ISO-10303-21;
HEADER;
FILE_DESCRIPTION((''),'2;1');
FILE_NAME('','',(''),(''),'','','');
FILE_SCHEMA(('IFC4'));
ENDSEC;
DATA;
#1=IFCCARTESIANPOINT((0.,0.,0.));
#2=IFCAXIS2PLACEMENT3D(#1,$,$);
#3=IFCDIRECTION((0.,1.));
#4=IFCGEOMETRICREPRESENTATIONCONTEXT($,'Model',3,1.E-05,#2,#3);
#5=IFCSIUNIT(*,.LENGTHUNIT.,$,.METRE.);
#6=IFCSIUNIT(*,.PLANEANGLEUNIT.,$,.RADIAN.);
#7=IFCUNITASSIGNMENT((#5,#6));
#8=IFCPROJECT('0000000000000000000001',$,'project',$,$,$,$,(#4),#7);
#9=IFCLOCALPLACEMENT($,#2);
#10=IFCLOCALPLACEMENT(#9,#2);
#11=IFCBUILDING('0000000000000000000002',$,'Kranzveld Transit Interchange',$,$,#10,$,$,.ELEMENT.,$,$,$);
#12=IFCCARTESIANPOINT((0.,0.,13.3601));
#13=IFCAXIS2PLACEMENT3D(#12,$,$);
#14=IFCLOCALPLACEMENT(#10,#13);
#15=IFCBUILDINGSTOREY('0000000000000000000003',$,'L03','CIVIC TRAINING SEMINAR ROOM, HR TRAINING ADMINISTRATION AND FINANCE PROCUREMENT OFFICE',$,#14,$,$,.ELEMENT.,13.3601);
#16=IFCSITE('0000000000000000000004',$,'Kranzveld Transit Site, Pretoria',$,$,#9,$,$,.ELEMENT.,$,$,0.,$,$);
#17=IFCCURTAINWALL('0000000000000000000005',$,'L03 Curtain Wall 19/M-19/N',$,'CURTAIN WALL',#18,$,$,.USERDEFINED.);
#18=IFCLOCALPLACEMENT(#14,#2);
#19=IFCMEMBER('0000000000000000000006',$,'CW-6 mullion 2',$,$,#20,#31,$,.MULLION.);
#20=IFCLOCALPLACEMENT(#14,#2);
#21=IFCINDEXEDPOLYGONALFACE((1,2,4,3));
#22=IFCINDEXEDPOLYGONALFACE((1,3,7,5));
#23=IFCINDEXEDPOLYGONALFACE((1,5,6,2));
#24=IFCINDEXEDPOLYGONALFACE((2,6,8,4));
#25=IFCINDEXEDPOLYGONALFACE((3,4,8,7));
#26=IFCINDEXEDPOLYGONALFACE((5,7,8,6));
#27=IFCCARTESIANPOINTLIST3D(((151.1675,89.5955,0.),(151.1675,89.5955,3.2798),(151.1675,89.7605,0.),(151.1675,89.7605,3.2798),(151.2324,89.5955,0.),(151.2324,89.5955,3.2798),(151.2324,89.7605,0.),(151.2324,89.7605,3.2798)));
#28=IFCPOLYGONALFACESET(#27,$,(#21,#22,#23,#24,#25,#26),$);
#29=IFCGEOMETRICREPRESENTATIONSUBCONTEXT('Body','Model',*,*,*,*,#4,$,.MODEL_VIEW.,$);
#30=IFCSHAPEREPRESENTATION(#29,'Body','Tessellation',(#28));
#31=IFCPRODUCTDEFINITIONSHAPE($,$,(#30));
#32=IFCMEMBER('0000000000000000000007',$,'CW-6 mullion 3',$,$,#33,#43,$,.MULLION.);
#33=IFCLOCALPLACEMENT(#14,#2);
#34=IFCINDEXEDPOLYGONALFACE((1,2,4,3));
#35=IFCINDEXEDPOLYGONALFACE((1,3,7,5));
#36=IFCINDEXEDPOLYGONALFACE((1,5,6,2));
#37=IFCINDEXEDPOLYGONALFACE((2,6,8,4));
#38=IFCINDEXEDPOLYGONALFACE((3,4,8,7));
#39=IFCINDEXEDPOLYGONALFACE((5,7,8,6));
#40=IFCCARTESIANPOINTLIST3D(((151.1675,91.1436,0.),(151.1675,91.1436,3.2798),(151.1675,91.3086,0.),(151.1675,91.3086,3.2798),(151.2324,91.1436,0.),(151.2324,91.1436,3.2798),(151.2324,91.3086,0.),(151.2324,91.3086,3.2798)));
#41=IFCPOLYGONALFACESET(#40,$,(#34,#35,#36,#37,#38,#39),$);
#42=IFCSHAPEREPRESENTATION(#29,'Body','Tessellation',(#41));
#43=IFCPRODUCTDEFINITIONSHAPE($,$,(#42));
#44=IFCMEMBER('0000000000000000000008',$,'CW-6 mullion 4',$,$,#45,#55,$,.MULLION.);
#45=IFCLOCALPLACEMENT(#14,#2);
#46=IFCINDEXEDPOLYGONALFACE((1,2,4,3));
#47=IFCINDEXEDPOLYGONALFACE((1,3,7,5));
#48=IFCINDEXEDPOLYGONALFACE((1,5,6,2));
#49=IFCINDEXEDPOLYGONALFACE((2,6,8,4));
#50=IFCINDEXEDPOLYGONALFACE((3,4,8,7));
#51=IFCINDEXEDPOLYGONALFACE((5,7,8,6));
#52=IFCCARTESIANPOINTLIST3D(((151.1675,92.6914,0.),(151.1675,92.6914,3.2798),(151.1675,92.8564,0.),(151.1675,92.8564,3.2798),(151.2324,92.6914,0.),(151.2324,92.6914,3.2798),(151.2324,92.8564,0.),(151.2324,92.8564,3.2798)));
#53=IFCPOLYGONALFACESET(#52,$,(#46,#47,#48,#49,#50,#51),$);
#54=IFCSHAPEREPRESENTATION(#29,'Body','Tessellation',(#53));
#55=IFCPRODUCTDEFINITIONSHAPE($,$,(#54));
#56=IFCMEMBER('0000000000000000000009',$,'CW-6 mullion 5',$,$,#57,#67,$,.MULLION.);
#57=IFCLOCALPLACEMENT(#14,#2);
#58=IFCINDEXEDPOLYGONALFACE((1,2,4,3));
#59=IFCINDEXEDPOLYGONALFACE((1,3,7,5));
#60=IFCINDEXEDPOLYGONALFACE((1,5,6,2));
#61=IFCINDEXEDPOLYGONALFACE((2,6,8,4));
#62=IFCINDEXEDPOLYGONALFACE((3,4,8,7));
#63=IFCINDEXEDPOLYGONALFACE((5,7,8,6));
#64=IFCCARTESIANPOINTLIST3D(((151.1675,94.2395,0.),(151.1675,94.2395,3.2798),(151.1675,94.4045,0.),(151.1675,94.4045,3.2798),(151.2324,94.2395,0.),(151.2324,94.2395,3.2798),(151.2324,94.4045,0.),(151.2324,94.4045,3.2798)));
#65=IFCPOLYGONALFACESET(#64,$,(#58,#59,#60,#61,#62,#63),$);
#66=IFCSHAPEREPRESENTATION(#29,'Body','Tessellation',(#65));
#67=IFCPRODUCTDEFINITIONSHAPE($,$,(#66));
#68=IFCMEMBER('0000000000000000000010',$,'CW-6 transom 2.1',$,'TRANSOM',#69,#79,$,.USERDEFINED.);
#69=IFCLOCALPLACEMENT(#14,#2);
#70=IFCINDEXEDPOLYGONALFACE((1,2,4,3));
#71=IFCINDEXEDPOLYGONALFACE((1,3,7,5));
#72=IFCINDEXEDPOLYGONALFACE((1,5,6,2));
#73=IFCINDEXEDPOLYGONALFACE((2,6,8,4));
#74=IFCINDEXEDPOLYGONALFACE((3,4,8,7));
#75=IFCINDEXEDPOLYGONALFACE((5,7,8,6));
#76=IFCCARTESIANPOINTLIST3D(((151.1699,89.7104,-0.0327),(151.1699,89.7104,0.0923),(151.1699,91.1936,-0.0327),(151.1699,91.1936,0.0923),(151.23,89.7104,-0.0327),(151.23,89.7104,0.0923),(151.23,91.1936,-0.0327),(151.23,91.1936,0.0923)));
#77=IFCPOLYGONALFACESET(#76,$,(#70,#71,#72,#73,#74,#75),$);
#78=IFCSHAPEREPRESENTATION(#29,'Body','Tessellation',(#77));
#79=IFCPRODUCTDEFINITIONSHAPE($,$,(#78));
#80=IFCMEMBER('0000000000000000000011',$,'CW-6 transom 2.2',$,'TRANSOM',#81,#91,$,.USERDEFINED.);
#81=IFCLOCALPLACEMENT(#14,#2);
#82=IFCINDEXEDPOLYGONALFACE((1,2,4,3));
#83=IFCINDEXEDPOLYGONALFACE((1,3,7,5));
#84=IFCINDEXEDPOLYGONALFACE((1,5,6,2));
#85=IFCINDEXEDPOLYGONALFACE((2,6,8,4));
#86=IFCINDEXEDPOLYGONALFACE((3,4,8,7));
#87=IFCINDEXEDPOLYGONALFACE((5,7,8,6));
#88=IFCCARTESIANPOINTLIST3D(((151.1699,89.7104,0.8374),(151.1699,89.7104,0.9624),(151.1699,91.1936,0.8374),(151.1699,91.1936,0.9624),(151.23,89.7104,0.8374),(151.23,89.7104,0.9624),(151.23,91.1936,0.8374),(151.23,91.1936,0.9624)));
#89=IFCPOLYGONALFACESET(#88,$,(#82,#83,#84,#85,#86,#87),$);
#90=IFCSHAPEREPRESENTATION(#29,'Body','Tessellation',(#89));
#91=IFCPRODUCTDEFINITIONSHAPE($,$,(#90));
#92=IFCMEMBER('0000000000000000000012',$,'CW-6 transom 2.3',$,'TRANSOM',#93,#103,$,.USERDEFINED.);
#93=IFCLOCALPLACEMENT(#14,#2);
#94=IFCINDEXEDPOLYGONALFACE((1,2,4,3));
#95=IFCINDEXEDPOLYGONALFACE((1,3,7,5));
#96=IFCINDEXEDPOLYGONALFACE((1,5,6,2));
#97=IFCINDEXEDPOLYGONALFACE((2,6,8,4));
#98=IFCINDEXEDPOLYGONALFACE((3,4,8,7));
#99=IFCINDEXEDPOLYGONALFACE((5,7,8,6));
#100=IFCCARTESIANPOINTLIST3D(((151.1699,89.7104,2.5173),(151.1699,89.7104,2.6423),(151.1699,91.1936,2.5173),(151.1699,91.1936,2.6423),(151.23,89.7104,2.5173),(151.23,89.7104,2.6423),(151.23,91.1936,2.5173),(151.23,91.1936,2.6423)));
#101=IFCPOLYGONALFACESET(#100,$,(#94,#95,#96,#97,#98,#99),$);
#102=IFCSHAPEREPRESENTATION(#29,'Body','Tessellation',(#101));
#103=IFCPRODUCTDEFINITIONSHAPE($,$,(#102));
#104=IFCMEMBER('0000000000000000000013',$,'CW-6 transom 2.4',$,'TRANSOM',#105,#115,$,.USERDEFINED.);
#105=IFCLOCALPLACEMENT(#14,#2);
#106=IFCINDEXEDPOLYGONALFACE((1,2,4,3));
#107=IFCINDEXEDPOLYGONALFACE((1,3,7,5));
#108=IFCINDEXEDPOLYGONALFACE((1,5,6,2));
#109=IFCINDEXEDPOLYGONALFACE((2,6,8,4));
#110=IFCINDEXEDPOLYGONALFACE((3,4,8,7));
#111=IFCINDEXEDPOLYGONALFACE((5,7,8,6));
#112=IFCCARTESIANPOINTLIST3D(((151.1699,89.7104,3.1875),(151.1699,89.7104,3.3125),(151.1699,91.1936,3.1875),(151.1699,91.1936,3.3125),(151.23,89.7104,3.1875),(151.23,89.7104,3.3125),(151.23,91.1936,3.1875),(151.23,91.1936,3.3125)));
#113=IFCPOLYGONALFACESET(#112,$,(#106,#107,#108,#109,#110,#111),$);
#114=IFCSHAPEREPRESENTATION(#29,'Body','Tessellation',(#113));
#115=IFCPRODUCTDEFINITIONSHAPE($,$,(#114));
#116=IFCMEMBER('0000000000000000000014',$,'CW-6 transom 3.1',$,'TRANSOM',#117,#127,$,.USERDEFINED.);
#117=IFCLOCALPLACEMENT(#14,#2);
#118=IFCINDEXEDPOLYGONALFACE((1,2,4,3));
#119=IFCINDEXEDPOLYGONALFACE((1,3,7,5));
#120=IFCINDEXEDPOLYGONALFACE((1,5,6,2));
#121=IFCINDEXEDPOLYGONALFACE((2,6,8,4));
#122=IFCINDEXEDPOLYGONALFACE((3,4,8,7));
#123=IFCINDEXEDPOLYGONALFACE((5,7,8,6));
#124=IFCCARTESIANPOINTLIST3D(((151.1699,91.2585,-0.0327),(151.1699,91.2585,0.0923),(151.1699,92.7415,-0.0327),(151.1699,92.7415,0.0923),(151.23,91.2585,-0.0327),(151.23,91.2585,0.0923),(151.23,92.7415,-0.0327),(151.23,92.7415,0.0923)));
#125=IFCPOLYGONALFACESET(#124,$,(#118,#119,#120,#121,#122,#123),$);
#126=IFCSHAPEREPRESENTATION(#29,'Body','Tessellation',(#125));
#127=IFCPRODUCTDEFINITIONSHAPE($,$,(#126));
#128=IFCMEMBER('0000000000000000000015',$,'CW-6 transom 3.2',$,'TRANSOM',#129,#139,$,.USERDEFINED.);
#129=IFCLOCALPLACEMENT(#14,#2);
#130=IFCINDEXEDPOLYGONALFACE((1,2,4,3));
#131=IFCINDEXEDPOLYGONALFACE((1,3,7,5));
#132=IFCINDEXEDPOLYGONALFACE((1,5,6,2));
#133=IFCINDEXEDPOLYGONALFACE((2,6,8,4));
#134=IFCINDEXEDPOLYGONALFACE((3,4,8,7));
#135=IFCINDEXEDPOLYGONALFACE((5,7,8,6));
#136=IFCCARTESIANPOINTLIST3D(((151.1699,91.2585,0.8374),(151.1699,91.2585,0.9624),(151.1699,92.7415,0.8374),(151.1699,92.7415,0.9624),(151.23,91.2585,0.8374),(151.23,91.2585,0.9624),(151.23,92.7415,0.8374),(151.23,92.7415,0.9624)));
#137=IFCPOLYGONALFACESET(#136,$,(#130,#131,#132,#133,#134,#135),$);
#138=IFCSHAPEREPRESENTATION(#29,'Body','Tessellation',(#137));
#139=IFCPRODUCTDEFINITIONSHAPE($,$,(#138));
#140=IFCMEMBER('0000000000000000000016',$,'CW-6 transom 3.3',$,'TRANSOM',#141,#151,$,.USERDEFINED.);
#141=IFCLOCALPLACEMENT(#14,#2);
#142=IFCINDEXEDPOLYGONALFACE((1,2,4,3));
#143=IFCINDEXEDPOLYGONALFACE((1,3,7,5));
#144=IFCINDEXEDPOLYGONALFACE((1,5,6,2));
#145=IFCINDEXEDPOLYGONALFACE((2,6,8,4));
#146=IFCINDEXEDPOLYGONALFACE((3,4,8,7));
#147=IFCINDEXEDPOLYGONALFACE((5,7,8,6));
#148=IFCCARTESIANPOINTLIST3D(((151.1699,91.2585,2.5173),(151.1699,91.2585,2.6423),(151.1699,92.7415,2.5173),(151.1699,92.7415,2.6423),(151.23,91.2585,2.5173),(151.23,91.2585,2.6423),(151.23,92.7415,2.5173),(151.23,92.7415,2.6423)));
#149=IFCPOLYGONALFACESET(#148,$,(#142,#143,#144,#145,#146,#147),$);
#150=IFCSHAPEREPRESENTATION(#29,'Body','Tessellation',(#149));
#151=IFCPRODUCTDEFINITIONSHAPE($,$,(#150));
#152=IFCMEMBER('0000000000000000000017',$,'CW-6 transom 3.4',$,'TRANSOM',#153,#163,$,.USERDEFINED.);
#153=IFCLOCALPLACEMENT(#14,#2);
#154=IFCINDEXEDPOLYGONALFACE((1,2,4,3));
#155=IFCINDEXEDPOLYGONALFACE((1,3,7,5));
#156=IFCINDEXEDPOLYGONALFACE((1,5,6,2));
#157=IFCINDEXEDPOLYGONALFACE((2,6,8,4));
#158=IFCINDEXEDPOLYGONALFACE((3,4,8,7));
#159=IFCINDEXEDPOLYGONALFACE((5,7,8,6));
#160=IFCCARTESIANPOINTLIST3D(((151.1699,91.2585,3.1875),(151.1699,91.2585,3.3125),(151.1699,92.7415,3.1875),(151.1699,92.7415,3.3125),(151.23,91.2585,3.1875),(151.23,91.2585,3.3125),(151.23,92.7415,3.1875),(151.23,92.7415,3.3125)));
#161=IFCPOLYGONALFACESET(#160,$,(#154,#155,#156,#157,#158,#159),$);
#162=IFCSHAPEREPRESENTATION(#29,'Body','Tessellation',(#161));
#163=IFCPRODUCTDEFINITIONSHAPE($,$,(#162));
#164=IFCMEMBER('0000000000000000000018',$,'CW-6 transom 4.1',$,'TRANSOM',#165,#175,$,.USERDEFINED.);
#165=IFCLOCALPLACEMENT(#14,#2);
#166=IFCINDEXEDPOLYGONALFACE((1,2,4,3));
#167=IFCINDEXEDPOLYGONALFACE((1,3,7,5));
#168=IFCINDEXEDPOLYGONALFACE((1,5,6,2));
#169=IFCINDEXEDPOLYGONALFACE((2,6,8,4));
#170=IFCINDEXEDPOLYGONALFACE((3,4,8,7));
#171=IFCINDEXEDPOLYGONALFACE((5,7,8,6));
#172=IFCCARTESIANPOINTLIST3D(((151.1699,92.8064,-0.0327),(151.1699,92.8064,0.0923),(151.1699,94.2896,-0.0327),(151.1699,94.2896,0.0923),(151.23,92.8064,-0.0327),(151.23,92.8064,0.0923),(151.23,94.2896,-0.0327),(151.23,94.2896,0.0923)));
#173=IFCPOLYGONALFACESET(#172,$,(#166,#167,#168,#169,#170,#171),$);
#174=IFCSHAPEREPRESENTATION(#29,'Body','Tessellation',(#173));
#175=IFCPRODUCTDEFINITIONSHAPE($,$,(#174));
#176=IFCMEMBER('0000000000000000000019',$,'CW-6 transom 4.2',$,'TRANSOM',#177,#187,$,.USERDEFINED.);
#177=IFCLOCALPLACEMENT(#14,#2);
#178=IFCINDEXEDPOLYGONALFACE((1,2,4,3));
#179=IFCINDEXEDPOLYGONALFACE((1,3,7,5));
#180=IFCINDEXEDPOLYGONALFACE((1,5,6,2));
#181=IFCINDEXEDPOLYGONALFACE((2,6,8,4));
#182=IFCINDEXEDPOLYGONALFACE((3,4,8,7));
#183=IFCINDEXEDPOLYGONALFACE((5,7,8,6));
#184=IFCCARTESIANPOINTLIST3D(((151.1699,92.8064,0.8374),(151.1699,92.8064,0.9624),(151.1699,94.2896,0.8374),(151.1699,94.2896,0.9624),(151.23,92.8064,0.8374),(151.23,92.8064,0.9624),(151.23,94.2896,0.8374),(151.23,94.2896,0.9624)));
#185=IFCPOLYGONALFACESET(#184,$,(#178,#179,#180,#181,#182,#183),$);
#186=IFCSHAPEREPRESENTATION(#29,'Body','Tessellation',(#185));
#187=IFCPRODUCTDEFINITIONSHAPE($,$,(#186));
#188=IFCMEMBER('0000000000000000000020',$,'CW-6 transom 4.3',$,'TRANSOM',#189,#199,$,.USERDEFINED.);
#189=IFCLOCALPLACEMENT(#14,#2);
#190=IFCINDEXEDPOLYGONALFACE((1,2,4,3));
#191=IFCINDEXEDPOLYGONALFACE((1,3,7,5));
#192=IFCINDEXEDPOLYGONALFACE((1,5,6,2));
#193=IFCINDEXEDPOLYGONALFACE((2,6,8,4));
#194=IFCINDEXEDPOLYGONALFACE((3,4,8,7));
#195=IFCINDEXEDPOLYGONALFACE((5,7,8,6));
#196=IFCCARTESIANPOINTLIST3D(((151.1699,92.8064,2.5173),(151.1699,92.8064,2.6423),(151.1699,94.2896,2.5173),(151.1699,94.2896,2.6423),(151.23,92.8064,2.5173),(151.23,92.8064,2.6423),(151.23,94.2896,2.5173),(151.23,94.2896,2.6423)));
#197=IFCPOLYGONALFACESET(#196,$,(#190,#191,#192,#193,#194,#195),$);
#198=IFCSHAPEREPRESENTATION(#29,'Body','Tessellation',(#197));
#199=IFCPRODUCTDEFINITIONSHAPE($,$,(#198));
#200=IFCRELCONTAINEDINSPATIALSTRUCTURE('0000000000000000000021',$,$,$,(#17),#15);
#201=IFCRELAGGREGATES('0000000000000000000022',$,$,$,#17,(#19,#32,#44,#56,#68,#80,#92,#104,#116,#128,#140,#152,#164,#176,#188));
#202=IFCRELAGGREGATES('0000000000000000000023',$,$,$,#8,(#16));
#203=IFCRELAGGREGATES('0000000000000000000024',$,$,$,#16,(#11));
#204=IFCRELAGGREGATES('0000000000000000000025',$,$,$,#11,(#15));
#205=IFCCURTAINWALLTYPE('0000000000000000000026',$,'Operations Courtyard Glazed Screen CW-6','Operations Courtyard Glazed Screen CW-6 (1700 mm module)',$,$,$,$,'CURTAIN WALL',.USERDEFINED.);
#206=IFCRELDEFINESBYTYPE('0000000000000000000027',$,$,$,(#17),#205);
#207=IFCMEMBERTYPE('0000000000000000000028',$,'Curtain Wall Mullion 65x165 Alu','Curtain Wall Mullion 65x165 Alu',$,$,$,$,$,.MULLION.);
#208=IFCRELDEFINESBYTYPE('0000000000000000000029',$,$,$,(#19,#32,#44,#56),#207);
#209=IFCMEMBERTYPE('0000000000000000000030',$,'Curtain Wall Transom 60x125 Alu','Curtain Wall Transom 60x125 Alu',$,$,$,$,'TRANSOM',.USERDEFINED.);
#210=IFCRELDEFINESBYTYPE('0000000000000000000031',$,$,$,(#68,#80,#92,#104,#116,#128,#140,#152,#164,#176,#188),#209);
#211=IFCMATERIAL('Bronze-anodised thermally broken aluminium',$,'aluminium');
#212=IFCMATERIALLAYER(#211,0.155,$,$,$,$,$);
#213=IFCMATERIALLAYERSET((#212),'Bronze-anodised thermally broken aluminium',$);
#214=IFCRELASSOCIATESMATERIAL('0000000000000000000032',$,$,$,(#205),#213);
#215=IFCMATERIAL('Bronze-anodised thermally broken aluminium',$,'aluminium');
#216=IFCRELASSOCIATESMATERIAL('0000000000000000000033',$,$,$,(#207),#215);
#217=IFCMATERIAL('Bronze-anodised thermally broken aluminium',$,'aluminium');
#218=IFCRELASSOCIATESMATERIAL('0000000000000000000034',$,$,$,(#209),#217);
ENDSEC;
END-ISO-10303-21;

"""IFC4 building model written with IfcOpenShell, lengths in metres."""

from ifc_helpers import new_model, si_unit, direction, frame, origin, origin_2d, place, context, subcontext, project, spatial, rectangle, extrude, material, layer, layer_set, material_profile, profile_set, type_object, element, aggregate, save


model = new_model("IFC4")

# Units and contexts
model_context = context("Model", 3, precision=1e-05, world=origin(), true_north=direction((0.0, 1.0)))
body_context = subcontext(model_context, "Body", "Model", "MODEL_VIEW")
ifc_project = project(units=[si_unit("LENGTHUNIT", "METRE"), si_unit("PLANEANGLEUNIT", "RADIAN")], contexts=[model_context])

# Site, building, storey
site_placement = place(None, origin())
site = spatial("IfcSite", under=ifc_project, at=site_placement, Name="Kranzveld Transit Site, Pretoria", CompositionType="ELEMENT", RefElevation=0.0)
building_placement = place(site_placement, origin())
building = spatial("IfcBuilding", under=site, at=building_placement, Name="Kranzveld Transit Interchange", CompositionType="ELEMENT")
storey_placement = place(building_placement, frame((0.0, 0.0, 13.3601)))
storey = spatial("IfcBuildingStorey", under=building, at=storey_placement, Name="L03", Description="CIVIC TRAINING SEMINAR ROOM, HR TRAINING ADMINISTRATION AND FINANCE PROCUREMENT OFFICE", CompositionType="ELEMENT", Elevation=13.3601)

# Curtain wall, members
ifc_material_1 = material(Name="Bronze-anodised thermally broken aluminium", Category="aluminium")
ifc_layer_1 = layer(ifc_material_1, 0.155)
ifc_layer_set_1 = layer_set([ifc_layer_1], Name="Bronze-anodised thermally broken aluminium")
curtain_wall_type = type_object("IfcCurtainWallType", Name="Operations Courtyard Glazed Screen CW-6", Description="Operations Courtyard Glazed Screen CW-6 (1700 mm module)", ElementType="CURTAIN WALL", PredefinedType="USERDEFINED", material=ifc_layer_set_1)
curtain_wall_placement = place(storey_placement, origin())
curtain_wall = element("IfcCurtainWall", 1, at=curtain_wall_placement, inside=storey, type_object=curtain_wall_type, Name="L03 Curtain Wall 19/M-19/N", ObjectType="CURTAIN WALL", PredefinedType="USERDEFINED")
ifc_material_2 = material(Name="Bronze-anodised thermally broken aluminium", Category="aluminium")
ifc_material_profile_1 = material_profile(ifc_material_2, rectangle(XDim=0.0649, YDim=0.165, at=origin_2d()), Name="ALU MULLION 65x165")
ifc_profile_set_1 = profile_set([ifc_material_profile_1], Name="Bronze-anodised thermally broken aluminium")
member_type_1 = type_object("IfcMemberType", Name="Curtain Wall Mullion 65x165 Alu", Description="Curtain Wall Mullion 65x165 Alu", PredefinedType="MULLION", material=ifc_profile_set_1)
member_1_placement = place(storey_placement, frame((151.2, 89.678, 0.0), z_axis=(0.0, 0.0, 1.0), x_axis=(-1.0, 0.0, 0.0)))
member_1 = element("IfcMember", 2, at=member_1_placement, type_object=member_type_1, Name="CW-6 mullion 2", PredefinedType="MULLION", context=body_context, shape_type="SweptSolid", body=[
    extrude(rectangle(XDim=0.0649, YDim=0.165, at=origin_2d()), origin(), (0.0, 0.0, 1.0), 3.2798),
])
member_2_placement = place(storey_placement, frame((151.2, 91.2261, 0.0), z_axis=(0.0, 0.0, 1.0), x_axis=(-1.0, 0.0, 0.0)))
member_2 = element("IfcMember", 3, at=member_2_placement, type_object=member_type_1, Name="CW-6 mullion 3", PredefinedType="MULLION", context=body_context, shape_type="SweptSolid", body=[
    extrude(rectangle(XDim=0.0649, YDim=0.165, at=origin_2d()), origin(), (0.0, 0.0, 1.0), 3.2798),
])
member_3_placement = place(storey_placement, frame((151.2, 92.7739, 0.0), z_axis=(0.0, 0.0, 1.0), x_axis=(-1.0, 0.0, 0.0)))
member_3 = element("IfcMember", 4, at=member_3_placement, type_object=member_type_1, Name="CW-6 mullion 4", PredefinedType="MULLION", context=body_context, shape_type="SweptSolid", body=[
    extrude(rectangle(XDim=0.0649, YDim=0.165, at=origin_2d()), origin(), (0.0, 0.0, 1.0), 3.2798),
])
member_4_placement = place(storey_placement, frame((151.2, 94.322, 0.0), z_axis=(0.0, 0.0, 1.0), x_axis=(-1.0, 0.0, 0.0)))
member_4 = element("IfcMember", 5, at=member_4_placement, type_object=member_type_1, Name="CW-6 mullion 5", PredefinedType="MULLION", context=body_context, shape_type="SweptSolid", body=[
    extrude(rectangle(XDim=0.0649, YDim=0.165, at=origin_2d()), origin(), (0.0, 0.0, 1.0), 3.2798),
])
ifc_material_3 = material(Name="Bronze-anodised thermally broken aluminium", Category="aluminium")
ifc_material_profile_2 = material_profile(ifc_material_3, rectangle(XDim=0.0601, YDim=0.125, at=origin_2d()), Name="ALU TRANSOM 60x125")
ifc_profile_set_2 = profile_set([ifc_material_profile_2], Name="Bronze-anodised thermally broken aluminium")
member_type_2 = type_object("IfcMemberType", Name="Curtain Wall Transom 60x125 Alu", Description="Curtain Wall Transom 60x125 Alu", ElementType="TRANSOM", PredefinedType="USERDEFINED", material=ifc_profile_set_2)
member_5_placement = place(storey_placement, frame((151.2, 89.7104, 0.0298), z_axis=(0.0, 1.0, 0.0), x_axis=(-1.0, 0.0, 0.0)))
member_5 = element("IfcMember", 6, at=member_5_placement, type_object=member_type_2, Name="CW-6 transom 2.1", ObjectType="TRANSOM", PredefinedType="USERDEFINED", context=body_context, shape_type="SweptSolid", body=[
    extrude(rectangle(XDim=0.0601, YDim=0.125, at=origin_2d()), origin(), (0.0, 0.0, 1.0), 1.4832),
])
member_6_placement = place(storey_placement, frame((151.2, 89.7104, 0.8999), z_axis=(0.0, 1.0, 0.0), x_axis=(-1.0, 0.0, 0.0)))
member_6 = element("IfcMember", 7, at=member_6_placement, type_object=member_type_2, Name="CW-6 transom 2.2", ObjectType="TRANSOM", PredefinedType="USERDEFINED", context=body_context, shape_type="SweptSolid", body=[
    extrude(rectangle(XDim=0.0601, YDim=0.125, at=origin_2d()), origin(), (0.0, 0.0, 1.0), 1.4832),
])
member_7_placement = place(storey_placement, frame((151.2, 89.7104, 2.5798), z_axis=(0.0, 1.0, 0.0), x_axis=(-1.0, 0.0, 0.0)))
member_7 = element("IfcMember", 8, at=member_7_placement, type_object=member_type_2, Name="CW-6 transom 2.3", ObjectType="TRANSOM", PredefinedType="USERDEFINED", context=body_context, shape_type="SweptSolid", body=[
    extrude(rectangle(XDim=0.0601, YDim=0.125, at=origin_2d()), origin(), (0.0, 0.0, 1.0), 1.4832),
])
member_8_placement = place(storey_placement, frame((151.2, 89.7104, 3.25), z_axis=(0.0, 1.0, 0.0), x_axis=(-1.0, 0.0, 0.0)))
member_8 = element("IfcMember", 9, at=member_8_placement, type_object=member_type_2, Name="CW-6 transom 2.4", ObjectType="TRANSOM", PredefinedType="USERDEFINED", context=body_context, shape_type="SweptSolid", body=[
    extrude(rectangle(XDim=0.0601, YDim=0.125, at=origin_2d()), origin(), (0.0, 0.0, 1.0), 1.4832),
])
member_9_placement = place(storey_placement, frame((151.2, 91.2585, 0.0298), z_axis=(0.0, 1.0, 0.0), x_axis=(-1.0, 0.0, 0.0)))
member_9 = element("IfcMember", 10, at=member_9_placement, type_object=member_type_2, Name="CW-6 transom 3.1", ObjectType="TRANSOM", PredefinedType="USERDEFINED", context=body_context, shape_type="SweptSolid", body=[
    extrude(rectangle(XDim=0.0601, YDim=0.125, at=origin_2d()), origin(), (0.0, 0.0, 1.0), 1.4829),
])
member_10_placement = place(storey_placement, frame((151.2, 91.2585, 0.8999), z_axis=(0.0, 1.0, 0.0), x_axis=(-1.0, 0.0, 0.0)))
member_10 = element("IfcMember", 11, at=member_10_placement, type_object=member_type_2, Name="CW-6 transom 3.2", ObjectType="TRANSOM", PredefinedType="USERDEFINED", context=body_context, shape_type="SweptSolid", body=[
    extrude(rectangle(XDim=0.0601, YDim=0.125, at=origin_2d()), origin(), (0.0, 0.0, 1.0), 1.4829),
])
member_11_placement = place(storey_placement, frame((151.2, 91.2585, 2.5798), z_axis=(0.0, 1.0, 0.0), x_axis=(-1.0, 0.0, 0.0)))
member_11 = element("IfcMember", 12, at=member_11_placement, type_object=member_type_2, Name="CW-6 transom 3.3", ObjectType="TRANSOM", PredefinedType="USERDEFINED", context=body_context, shape_type="SweptSolid", body=[
    extrude(rectangle(XDim=0.0601, YDim=0.125, at=origin_2d()), origin(), (0.0, 0.0, 1.0), 1.4829),
])
member_12_placement = place(storey_placement, frame((151.2, 91.2585, 3.25), z_axis=(0.0, 1.0, 0.0), x_axis=(-1.0, 0.0, 0.0)))
member_12 = element("IfcMember", 13, at=member_12_placement, type_object=member_type_2, Name="CW-6 transom 3.4", ObjectType="TRANSOM", PredefinedType="USERDEFINED", context=body_context, shape_type="SweptSolid", body=[
    extrude(rectangle(XDim=0.0601, YDim=0.125, at=origin_2d()), origin(), (0.0, 0.0, 1.0), 1.4829),
])
member_13_placement = place(storey_placement, frame((151.2, 92.8064, 0.0298), z_axis=(0.0, 1.0, 0.0), x_axis=(-1.0, 0.0, 0.0)))
member_13 = element("IfcMember", 14, at=member_13_placement, type_object=member_type_2, Name="CW-6 transom 4.1", ObjectType="TRANSOM", PredefinedType="USERDEFINED", context=body_context, shape_type="SweptSolid", body=[
    extrude(rectangle(XDim=0.0601, YDim=0.125, at=origin_2d()), origin(), (0.0, 0.0, 1.0), 1.4832),
])
member_14_placement = place(storey_placement, frame((151.2, 92.8064, 0.8999), z_axis=(0.0, 1.0, 0.0), x_axis=(-1.0, 0.0, 0.0)))
member_14 = element("IfcMember", 15, at=member_14_placement, type_object=member_type_2, Name="CW-6 transom 4.2", ObjectType="TRANSOM", PredefinedType="USERDEFINED", context=body_context, shape_type="SweptSolid", body=[
    extrude(rectangle(XDim=0.0601, YDim=0.125, at=origin_2d()), origin(), (0.0, 0.0, 1.0), 1.4832),
])
member_15_placement = place(storey_placement, frame((151.2, 92.8064, 2.5798), z_axis=(0.0, 1.0, 0.0), x_axis=(-1.0, 0.0, 0.0)))
member_15 = element("IfcMember", 16, at=member_15_placement, type_object=member_type_2, Name="CW-6 transom 4.3", ObjectType="TRANSOM", PredefinedType="USERDEFINED", context=body_context, shape_type="SweptSolid", body=[
    extrude(rectangle(XDim=0.0601, YDim=0.125, at=origin_2d()), origin(), (0.0, 0.0, 1.0), 1.4832),
])
aggregate(curtain_wall, [member_1, member_2, member_3, member_4, member_5, member_6, member_7, member_8, member_9, member_10, member_11, member_12, member_13, member_14, member_15])

save(model, "model.ifc")
